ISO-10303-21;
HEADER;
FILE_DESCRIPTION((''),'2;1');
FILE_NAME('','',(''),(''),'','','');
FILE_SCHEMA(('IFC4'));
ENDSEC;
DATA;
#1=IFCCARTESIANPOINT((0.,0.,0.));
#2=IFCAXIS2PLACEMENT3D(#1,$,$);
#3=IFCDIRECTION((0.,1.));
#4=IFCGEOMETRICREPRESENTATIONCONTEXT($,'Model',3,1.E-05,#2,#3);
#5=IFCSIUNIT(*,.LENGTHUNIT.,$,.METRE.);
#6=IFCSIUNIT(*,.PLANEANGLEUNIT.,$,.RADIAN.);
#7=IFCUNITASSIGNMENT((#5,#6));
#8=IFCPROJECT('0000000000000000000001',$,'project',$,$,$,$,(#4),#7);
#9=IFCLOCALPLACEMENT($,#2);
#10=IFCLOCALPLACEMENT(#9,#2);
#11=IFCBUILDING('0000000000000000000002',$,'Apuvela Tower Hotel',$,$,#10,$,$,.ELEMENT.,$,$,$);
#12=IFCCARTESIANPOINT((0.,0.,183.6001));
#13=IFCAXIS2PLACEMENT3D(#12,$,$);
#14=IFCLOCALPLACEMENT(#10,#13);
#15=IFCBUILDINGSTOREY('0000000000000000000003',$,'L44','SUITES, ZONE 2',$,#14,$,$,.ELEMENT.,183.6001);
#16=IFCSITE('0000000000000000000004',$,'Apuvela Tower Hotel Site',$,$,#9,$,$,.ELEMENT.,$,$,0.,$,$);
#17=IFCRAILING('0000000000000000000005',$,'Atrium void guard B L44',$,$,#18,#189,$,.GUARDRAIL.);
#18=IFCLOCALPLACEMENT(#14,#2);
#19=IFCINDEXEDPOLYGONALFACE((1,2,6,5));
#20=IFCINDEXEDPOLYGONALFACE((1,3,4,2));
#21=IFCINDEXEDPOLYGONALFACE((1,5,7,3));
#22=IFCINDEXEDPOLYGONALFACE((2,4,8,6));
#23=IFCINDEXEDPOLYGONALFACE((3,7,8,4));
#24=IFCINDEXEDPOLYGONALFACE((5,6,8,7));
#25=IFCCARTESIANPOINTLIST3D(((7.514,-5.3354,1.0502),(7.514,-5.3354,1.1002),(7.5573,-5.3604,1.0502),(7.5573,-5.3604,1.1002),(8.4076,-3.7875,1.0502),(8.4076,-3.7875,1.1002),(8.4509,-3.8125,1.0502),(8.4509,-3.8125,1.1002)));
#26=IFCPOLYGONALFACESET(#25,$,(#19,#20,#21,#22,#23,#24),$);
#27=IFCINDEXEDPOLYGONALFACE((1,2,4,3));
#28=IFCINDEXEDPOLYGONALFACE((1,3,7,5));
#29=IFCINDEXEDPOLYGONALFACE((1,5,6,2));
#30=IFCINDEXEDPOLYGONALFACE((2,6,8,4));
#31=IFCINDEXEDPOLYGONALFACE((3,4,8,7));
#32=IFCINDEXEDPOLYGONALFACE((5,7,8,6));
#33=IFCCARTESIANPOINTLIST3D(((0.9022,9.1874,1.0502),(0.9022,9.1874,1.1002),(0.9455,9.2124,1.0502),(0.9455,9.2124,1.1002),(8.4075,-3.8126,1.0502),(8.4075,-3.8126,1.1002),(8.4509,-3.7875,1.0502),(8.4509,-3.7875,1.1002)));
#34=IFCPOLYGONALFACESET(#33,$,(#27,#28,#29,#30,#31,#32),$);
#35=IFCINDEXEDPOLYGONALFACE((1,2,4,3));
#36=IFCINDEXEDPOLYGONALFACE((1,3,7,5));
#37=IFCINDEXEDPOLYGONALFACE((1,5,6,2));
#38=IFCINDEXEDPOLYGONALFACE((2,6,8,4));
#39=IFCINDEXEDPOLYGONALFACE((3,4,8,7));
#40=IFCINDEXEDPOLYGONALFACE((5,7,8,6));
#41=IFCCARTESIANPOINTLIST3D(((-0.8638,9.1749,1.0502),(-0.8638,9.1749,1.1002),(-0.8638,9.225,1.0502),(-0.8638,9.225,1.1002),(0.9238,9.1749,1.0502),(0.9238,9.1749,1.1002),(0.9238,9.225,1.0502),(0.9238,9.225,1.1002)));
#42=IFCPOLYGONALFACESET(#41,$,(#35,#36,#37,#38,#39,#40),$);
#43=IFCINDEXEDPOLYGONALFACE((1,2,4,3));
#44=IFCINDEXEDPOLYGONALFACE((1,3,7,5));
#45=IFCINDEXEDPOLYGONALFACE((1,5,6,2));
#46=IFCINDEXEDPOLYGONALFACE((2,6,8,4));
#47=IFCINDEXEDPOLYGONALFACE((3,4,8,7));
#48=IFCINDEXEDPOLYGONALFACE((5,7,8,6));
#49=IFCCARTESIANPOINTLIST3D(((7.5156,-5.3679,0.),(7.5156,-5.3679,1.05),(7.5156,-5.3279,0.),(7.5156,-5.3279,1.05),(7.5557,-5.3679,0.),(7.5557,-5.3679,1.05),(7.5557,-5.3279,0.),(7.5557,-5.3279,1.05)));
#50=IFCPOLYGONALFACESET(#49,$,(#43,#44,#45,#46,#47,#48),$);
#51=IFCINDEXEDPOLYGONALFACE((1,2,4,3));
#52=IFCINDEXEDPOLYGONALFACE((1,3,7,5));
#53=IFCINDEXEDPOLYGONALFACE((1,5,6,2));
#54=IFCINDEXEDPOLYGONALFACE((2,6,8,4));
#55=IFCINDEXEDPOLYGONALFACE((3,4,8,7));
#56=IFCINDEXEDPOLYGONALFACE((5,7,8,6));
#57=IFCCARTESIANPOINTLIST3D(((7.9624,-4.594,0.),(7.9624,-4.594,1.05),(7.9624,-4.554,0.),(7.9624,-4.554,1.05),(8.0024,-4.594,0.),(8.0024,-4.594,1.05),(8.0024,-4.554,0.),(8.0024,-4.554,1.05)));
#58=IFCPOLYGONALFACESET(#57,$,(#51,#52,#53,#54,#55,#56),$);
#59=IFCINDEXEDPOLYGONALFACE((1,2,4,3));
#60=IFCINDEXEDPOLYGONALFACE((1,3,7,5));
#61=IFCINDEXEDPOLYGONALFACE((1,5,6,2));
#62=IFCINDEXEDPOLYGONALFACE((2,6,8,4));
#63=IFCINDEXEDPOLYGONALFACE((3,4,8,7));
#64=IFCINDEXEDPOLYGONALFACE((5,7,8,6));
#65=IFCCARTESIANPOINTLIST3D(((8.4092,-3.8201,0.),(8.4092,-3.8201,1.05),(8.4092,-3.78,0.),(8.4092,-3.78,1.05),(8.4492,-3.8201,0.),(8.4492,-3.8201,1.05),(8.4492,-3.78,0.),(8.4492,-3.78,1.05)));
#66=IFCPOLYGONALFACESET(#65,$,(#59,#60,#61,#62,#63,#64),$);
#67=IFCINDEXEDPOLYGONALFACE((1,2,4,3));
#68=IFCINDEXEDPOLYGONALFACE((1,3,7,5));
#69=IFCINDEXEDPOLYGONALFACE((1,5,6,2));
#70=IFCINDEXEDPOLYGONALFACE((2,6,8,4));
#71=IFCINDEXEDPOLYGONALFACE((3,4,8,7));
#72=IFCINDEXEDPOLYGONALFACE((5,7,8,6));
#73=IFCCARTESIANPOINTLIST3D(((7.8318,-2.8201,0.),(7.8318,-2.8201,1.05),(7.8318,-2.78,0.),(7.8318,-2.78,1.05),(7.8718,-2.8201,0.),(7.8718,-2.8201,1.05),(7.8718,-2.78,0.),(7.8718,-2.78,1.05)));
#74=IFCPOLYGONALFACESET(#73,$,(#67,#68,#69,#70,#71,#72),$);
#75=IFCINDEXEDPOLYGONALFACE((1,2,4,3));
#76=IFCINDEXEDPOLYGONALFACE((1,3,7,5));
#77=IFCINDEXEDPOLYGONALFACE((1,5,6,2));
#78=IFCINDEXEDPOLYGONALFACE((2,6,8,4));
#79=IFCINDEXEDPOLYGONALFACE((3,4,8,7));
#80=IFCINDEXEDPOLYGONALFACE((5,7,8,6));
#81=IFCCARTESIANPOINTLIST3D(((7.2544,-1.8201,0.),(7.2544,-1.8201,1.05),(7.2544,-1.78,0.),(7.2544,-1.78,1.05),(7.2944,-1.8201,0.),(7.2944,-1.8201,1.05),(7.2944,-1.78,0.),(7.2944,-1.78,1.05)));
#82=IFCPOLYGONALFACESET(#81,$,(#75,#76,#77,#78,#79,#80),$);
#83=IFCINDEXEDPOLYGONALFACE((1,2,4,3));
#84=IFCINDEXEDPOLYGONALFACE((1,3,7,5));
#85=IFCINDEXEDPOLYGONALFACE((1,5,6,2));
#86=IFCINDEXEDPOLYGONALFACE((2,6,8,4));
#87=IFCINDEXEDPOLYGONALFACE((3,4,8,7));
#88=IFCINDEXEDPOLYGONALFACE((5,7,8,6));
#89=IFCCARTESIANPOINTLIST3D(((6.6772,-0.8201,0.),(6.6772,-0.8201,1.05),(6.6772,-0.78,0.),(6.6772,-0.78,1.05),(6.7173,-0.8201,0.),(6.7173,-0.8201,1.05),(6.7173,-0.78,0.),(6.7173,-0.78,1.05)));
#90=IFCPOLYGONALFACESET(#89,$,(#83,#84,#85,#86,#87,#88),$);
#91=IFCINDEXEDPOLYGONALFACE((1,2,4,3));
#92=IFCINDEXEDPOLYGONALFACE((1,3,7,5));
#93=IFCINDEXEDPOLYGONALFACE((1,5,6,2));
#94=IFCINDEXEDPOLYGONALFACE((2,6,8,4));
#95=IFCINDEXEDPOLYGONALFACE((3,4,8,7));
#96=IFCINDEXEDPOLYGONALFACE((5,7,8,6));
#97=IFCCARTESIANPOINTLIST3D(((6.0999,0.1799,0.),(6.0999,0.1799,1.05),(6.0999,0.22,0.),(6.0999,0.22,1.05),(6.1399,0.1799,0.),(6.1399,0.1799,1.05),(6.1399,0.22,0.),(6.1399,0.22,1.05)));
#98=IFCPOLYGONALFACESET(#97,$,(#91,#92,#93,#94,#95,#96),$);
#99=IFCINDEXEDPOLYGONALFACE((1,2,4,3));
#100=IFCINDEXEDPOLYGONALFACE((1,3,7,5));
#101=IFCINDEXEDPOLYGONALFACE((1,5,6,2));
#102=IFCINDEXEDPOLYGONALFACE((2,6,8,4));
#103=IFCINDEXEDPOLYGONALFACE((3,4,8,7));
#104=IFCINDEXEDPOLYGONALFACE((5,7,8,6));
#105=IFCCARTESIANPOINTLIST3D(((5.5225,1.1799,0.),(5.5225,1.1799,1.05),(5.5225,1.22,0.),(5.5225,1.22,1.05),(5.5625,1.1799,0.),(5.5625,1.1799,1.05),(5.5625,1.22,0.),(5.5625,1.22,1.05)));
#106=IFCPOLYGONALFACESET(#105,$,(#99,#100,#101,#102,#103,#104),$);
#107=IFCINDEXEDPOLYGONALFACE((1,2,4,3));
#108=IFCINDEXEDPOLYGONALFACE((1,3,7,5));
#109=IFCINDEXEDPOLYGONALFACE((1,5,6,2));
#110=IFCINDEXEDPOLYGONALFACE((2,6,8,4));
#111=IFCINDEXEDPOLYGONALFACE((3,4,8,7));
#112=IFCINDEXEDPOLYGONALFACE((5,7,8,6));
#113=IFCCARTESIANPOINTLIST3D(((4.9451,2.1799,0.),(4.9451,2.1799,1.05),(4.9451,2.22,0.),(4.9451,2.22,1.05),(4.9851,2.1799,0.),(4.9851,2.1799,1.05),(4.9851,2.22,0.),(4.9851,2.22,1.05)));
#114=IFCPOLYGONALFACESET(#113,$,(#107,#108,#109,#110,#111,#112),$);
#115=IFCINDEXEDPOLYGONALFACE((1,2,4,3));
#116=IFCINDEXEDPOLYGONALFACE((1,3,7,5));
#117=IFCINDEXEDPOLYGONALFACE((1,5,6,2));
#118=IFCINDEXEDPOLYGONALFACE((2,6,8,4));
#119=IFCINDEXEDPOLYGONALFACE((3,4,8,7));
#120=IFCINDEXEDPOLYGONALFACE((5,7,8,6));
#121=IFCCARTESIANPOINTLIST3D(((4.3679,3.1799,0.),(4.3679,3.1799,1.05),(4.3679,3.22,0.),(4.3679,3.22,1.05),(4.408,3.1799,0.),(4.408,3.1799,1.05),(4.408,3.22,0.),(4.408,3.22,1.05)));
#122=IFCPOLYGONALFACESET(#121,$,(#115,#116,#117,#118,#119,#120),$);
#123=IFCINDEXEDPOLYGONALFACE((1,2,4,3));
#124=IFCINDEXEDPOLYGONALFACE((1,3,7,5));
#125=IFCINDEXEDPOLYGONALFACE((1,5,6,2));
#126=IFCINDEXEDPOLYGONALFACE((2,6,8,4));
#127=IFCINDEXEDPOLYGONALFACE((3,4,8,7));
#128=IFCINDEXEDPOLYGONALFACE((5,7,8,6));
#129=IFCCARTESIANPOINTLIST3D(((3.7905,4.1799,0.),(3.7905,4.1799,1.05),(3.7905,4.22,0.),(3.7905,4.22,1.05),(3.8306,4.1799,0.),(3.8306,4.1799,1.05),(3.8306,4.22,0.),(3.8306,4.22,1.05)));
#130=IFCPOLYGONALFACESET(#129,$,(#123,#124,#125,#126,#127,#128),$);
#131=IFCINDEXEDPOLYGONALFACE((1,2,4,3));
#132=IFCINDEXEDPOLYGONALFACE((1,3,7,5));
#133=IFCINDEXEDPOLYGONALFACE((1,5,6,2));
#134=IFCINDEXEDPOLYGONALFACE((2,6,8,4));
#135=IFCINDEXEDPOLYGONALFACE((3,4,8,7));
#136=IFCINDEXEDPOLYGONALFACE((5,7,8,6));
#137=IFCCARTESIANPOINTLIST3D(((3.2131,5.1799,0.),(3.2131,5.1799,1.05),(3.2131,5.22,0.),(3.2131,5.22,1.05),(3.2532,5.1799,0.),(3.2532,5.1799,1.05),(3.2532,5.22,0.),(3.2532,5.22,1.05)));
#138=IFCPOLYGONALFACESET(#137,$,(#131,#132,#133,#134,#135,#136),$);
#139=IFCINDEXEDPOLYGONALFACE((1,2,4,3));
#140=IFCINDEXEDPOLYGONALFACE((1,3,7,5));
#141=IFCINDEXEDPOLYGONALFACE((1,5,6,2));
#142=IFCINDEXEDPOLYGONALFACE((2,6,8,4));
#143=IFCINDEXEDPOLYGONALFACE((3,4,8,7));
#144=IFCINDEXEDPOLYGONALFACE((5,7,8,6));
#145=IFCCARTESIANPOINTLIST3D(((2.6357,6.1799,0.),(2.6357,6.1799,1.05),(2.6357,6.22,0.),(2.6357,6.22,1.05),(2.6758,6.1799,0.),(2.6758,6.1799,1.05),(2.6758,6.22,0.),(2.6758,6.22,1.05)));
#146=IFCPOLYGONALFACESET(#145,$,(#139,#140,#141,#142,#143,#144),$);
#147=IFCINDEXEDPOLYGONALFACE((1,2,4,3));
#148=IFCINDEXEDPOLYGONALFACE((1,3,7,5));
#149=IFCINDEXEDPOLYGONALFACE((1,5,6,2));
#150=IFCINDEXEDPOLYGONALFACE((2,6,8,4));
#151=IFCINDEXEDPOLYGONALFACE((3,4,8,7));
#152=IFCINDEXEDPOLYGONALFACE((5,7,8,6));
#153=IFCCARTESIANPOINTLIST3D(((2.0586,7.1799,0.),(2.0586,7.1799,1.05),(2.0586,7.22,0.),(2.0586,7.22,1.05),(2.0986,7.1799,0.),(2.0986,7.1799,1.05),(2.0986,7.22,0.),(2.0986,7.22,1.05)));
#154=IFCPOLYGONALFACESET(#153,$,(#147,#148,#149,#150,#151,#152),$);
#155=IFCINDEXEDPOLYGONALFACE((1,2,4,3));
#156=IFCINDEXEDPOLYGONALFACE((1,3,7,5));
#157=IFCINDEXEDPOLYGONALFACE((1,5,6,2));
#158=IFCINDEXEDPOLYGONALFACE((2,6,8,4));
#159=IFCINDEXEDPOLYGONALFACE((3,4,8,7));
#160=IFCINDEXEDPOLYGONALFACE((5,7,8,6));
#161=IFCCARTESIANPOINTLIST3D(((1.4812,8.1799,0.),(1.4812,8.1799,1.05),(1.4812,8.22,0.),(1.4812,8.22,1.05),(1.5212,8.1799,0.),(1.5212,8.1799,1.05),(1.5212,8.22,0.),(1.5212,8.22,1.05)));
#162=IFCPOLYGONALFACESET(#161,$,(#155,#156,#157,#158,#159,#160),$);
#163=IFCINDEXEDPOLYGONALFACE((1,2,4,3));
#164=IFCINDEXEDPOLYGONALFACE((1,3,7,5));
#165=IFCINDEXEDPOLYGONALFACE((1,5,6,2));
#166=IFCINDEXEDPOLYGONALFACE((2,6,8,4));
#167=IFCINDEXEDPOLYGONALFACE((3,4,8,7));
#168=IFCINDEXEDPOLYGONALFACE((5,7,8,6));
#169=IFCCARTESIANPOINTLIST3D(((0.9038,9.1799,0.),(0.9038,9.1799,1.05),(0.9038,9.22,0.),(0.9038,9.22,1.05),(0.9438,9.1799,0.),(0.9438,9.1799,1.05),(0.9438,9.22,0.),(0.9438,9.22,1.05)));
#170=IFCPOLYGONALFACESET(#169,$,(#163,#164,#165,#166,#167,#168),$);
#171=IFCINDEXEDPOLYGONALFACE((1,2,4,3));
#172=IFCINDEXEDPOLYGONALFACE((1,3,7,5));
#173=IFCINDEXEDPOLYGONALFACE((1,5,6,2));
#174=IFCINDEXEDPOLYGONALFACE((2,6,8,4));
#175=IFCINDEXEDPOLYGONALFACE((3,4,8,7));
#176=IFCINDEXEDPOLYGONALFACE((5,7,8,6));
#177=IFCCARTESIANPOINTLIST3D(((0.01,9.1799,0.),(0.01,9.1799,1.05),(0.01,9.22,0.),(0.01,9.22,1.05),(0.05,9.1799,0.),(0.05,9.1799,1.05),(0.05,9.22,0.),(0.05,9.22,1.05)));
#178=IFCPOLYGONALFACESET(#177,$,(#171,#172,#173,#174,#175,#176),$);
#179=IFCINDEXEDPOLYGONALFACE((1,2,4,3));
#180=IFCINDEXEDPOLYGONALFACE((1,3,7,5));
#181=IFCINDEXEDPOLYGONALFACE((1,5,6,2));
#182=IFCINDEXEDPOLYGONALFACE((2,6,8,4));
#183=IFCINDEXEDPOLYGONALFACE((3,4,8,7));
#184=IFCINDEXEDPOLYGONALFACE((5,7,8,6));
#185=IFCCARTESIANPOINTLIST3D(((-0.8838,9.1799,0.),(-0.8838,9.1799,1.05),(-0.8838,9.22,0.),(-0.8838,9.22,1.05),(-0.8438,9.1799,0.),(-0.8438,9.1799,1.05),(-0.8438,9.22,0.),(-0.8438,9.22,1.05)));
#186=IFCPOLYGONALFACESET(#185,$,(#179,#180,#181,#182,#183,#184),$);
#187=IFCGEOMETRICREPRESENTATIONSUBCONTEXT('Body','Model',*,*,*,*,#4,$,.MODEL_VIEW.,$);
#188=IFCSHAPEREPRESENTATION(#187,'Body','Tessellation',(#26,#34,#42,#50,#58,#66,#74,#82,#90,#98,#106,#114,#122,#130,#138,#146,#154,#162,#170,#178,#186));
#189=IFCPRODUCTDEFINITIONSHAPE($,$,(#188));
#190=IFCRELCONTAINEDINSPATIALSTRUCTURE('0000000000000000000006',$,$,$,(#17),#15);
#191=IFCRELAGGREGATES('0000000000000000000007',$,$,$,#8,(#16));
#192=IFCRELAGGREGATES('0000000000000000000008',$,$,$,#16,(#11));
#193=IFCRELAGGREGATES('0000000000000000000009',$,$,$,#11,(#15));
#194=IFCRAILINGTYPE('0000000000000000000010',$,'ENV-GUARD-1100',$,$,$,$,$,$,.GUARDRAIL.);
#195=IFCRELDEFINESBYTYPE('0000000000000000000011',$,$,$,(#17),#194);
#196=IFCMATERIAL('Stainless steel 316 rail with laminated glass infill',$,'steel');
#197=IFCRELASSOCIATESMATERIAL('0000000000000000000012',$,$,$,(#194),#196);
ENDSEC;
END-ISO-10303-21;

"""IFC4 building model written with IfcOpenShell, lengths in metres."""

from ifc_helpers import new_model, si_unit, direction, frame, origin, origin_2d, place, context, subcontext, project, spatial, rectangle, extrude, material, type_object, element, save


model = new_model("IFC4")

# Units and contexts
model_context = context("Model", 3, precision=1e-05, world=origin(), true_north=direction((0.0, 1.0)))
body_context = subcontext(model_context, "Body", "Model", "MODEL_VIEW")
ifc_project = project(units=[si_unit("LENGTHUNIT", "METRE"), si_unit("PLANEANGLEUNIT", "RADIAN")], contexts=[model_context])

# Site, building, storey
site_placement = place(None, origin())
site = spatial("IfcSite", under=ifc_project, at=site_placement, Name="Apuvela Tower Hotel Site", CompositionType="ELEMENT", RefElevation=0.0)
building_placement = place(site_placement, origin())
building = spatial("IfcBuilding", under=site, at=building_placement, Name="Apuvela Tower Hotel", CompositionType="ELEMENT")
storey_placement = place(building_placement, frame((0.0, 0.0, 183.6001)))
storey = spatial("IfcBuildingStorey", under=building, at=storey_placement, Name="L44", Description="SUITES, ZONE 2", CompositionType="ELEMENT", Elevation=183.6001)

# Railing
ifc_material_1 = material(Name="Stainless steel 316 rail with laminated glass infill", Category="steel")
railing_type_1 = type_object("IfcRailingType", Name="ENV-GUARD-1100", PredefinedType="GUARDRAIL", material=ifc_material_1)
railing_1_placement = place(storey_placement, frame((7.5356, -5.3479, 0.0)))
element("IfcRailing", 1, at=railing_1_placement, inside=storey, type_object=railing_type_1, Name="Atrium void guard B L44", PredefinedType="GUARDRAIL", context=body_context, shape_type="SweptSolid", body=[
    extrude(rectangle(XDim=0.05, YDim=0.05, at=origin_2d()), frame((0.0, 0.0, 1.0752), z_axis=(0.499959, 0.866049, 0.0), x_axis=(-0.866049, 0.499959, 0.0)), (0.0, 0.0, 1.0), 1.7874),
    extrude(rectangle(XDim=0.05, YDim=0.05, at=origin_2d()), frame((0.8936, 1.5479, 1.0752), z_axis=(-0.499991, 0.866031, 0.0), x_axis=(-0.866031, -0.499991, 0.0)), (0.0, 0.0, 1.0), 15.011),
    extrude(rectangle(XDim=0.05, YDim=0.05, at=origin_2d()), frame((-6.6118, 14.5479, 1.0752), z_axis=(-1.0, 0.0, 0.0), x_axis=(0.0, -1.0, 0.0)), (0.0, 0.0, 1.0), 1.7876),
    extrude(rectangle(XDim=0.04, YDim=0.04, at=origin_2d()), origin(), (0.0, 0.0, 1.0), 1.05),
    extrude(rectangle(XDim=0.04, YDim=0.04, at=origin_2d()), frame((0.4468, 0.7739, 0.0)), (0.0, 0.0, 1.0), 1.05),
    extrude(rectangle(XDim=0.04, YDim=0.04, at=origin_2d()), frame((0.8936, 1.5479, 0.0)), (0.0, 0.0, 1.0), 1.05),
    extrude(rectangle(XDim=0.04, YDim=0.04, at=origin_2d()), frame((0.3162, 2.5479, 0.0)), (0.0, 0.0, 1.0), 1.05),
    extrude(rectangle(XDim=0.04, YDim=0.04, at=origin_2d()), frame((-0.2612, 3.5479, 0.0)), (0.0, 0.0, 1.0), 1.05),
    extrude(rectangle(XDim=0.04, YDim=0.04, at=origin_2d()), frame((-0.8384, 4.5479, 0.0)), (0.0, 0.0, 1.0), 1.05),
    extrude(rectangle(XDim=0.04, YDim=0.04, at=origin_2d()), frame((-1.4158, 5.5479, 0.0)), (0.0, 0.0, 1.0), 1.05),
    extrude(rectangle(XDim=0.04, YDim=0.04, at=origin_2d()), frame((-1.9932, 6.5479, 0.0)), (0.0, 0.0, 1.0), 1.05),
    extrude(rectangle(XDim=0.04, YDim=0.04, at=origin_2d()), frame((-2.5706, 7.5479, 0.0)), (0.0, 0.0, 1.0), 1.05),
    extrude(rectangle(XDim=0.04, YDim=0.04, at=origin_2d()), frame((-3.1477, 8.5479, 0.0)), (0.0, 0.0, 1.0), 1.05),
    extrude(rectangle(XDim=0.04, YDim=0.04, at=origin_2d()), frame((-3.7251, 9.5479, 0.0)), (0.0, 0.0, 1.0), 1.05),
    extrude(rectangle(XDim=0.04, YDim=0.04, at=origin_2d()), frame((-4.3025, 10.5479, 0.0)), (0.0, 0.0, 1.0), 1.05),
    extrude(rectangle(XDim=0.04, YDim=0.04, at=origin_2d()), frame((-4.8799, 11.5479, 0.0)), (0.0, 0.0, 1.0), 1.05),
    extrude(rectangle(XDim=0.04, YDim=0.04, at=origin_2d()), frame((-5.457, 12.5479, 0.0)), (0.0, 0.0, 1.0), 1.05),
    extrude(rectangle(XDim=0.04, YDim=0.04, at=origin_2d()), frame((-6.0344, 13.5479, 0.0)), (0.0, 0.0, 1.0), 1.05),
    extrude(rectangle(XDim=0.04, YDim=0.04, at=origin_2d()), frame((-6.6118, 14.5479, 0.0)), (0.0, 0.0, 1.0), 1.05),
    extrude(rectangle(XDim=0.04, YDim=0.04, at=origin_2d()), frame((-7.5056, 14.5479, 0.0)), (0.0, 0.0, 1.0), 1.05),
    extrude(rectangle(XDim=0.04, YDim=0.04, at=origin_2d()), frame((-8.3994, 14.5479, 0.0)), (0.0, 0.0, 1.0), 1.05),
])

save(model, "model.ifc")
